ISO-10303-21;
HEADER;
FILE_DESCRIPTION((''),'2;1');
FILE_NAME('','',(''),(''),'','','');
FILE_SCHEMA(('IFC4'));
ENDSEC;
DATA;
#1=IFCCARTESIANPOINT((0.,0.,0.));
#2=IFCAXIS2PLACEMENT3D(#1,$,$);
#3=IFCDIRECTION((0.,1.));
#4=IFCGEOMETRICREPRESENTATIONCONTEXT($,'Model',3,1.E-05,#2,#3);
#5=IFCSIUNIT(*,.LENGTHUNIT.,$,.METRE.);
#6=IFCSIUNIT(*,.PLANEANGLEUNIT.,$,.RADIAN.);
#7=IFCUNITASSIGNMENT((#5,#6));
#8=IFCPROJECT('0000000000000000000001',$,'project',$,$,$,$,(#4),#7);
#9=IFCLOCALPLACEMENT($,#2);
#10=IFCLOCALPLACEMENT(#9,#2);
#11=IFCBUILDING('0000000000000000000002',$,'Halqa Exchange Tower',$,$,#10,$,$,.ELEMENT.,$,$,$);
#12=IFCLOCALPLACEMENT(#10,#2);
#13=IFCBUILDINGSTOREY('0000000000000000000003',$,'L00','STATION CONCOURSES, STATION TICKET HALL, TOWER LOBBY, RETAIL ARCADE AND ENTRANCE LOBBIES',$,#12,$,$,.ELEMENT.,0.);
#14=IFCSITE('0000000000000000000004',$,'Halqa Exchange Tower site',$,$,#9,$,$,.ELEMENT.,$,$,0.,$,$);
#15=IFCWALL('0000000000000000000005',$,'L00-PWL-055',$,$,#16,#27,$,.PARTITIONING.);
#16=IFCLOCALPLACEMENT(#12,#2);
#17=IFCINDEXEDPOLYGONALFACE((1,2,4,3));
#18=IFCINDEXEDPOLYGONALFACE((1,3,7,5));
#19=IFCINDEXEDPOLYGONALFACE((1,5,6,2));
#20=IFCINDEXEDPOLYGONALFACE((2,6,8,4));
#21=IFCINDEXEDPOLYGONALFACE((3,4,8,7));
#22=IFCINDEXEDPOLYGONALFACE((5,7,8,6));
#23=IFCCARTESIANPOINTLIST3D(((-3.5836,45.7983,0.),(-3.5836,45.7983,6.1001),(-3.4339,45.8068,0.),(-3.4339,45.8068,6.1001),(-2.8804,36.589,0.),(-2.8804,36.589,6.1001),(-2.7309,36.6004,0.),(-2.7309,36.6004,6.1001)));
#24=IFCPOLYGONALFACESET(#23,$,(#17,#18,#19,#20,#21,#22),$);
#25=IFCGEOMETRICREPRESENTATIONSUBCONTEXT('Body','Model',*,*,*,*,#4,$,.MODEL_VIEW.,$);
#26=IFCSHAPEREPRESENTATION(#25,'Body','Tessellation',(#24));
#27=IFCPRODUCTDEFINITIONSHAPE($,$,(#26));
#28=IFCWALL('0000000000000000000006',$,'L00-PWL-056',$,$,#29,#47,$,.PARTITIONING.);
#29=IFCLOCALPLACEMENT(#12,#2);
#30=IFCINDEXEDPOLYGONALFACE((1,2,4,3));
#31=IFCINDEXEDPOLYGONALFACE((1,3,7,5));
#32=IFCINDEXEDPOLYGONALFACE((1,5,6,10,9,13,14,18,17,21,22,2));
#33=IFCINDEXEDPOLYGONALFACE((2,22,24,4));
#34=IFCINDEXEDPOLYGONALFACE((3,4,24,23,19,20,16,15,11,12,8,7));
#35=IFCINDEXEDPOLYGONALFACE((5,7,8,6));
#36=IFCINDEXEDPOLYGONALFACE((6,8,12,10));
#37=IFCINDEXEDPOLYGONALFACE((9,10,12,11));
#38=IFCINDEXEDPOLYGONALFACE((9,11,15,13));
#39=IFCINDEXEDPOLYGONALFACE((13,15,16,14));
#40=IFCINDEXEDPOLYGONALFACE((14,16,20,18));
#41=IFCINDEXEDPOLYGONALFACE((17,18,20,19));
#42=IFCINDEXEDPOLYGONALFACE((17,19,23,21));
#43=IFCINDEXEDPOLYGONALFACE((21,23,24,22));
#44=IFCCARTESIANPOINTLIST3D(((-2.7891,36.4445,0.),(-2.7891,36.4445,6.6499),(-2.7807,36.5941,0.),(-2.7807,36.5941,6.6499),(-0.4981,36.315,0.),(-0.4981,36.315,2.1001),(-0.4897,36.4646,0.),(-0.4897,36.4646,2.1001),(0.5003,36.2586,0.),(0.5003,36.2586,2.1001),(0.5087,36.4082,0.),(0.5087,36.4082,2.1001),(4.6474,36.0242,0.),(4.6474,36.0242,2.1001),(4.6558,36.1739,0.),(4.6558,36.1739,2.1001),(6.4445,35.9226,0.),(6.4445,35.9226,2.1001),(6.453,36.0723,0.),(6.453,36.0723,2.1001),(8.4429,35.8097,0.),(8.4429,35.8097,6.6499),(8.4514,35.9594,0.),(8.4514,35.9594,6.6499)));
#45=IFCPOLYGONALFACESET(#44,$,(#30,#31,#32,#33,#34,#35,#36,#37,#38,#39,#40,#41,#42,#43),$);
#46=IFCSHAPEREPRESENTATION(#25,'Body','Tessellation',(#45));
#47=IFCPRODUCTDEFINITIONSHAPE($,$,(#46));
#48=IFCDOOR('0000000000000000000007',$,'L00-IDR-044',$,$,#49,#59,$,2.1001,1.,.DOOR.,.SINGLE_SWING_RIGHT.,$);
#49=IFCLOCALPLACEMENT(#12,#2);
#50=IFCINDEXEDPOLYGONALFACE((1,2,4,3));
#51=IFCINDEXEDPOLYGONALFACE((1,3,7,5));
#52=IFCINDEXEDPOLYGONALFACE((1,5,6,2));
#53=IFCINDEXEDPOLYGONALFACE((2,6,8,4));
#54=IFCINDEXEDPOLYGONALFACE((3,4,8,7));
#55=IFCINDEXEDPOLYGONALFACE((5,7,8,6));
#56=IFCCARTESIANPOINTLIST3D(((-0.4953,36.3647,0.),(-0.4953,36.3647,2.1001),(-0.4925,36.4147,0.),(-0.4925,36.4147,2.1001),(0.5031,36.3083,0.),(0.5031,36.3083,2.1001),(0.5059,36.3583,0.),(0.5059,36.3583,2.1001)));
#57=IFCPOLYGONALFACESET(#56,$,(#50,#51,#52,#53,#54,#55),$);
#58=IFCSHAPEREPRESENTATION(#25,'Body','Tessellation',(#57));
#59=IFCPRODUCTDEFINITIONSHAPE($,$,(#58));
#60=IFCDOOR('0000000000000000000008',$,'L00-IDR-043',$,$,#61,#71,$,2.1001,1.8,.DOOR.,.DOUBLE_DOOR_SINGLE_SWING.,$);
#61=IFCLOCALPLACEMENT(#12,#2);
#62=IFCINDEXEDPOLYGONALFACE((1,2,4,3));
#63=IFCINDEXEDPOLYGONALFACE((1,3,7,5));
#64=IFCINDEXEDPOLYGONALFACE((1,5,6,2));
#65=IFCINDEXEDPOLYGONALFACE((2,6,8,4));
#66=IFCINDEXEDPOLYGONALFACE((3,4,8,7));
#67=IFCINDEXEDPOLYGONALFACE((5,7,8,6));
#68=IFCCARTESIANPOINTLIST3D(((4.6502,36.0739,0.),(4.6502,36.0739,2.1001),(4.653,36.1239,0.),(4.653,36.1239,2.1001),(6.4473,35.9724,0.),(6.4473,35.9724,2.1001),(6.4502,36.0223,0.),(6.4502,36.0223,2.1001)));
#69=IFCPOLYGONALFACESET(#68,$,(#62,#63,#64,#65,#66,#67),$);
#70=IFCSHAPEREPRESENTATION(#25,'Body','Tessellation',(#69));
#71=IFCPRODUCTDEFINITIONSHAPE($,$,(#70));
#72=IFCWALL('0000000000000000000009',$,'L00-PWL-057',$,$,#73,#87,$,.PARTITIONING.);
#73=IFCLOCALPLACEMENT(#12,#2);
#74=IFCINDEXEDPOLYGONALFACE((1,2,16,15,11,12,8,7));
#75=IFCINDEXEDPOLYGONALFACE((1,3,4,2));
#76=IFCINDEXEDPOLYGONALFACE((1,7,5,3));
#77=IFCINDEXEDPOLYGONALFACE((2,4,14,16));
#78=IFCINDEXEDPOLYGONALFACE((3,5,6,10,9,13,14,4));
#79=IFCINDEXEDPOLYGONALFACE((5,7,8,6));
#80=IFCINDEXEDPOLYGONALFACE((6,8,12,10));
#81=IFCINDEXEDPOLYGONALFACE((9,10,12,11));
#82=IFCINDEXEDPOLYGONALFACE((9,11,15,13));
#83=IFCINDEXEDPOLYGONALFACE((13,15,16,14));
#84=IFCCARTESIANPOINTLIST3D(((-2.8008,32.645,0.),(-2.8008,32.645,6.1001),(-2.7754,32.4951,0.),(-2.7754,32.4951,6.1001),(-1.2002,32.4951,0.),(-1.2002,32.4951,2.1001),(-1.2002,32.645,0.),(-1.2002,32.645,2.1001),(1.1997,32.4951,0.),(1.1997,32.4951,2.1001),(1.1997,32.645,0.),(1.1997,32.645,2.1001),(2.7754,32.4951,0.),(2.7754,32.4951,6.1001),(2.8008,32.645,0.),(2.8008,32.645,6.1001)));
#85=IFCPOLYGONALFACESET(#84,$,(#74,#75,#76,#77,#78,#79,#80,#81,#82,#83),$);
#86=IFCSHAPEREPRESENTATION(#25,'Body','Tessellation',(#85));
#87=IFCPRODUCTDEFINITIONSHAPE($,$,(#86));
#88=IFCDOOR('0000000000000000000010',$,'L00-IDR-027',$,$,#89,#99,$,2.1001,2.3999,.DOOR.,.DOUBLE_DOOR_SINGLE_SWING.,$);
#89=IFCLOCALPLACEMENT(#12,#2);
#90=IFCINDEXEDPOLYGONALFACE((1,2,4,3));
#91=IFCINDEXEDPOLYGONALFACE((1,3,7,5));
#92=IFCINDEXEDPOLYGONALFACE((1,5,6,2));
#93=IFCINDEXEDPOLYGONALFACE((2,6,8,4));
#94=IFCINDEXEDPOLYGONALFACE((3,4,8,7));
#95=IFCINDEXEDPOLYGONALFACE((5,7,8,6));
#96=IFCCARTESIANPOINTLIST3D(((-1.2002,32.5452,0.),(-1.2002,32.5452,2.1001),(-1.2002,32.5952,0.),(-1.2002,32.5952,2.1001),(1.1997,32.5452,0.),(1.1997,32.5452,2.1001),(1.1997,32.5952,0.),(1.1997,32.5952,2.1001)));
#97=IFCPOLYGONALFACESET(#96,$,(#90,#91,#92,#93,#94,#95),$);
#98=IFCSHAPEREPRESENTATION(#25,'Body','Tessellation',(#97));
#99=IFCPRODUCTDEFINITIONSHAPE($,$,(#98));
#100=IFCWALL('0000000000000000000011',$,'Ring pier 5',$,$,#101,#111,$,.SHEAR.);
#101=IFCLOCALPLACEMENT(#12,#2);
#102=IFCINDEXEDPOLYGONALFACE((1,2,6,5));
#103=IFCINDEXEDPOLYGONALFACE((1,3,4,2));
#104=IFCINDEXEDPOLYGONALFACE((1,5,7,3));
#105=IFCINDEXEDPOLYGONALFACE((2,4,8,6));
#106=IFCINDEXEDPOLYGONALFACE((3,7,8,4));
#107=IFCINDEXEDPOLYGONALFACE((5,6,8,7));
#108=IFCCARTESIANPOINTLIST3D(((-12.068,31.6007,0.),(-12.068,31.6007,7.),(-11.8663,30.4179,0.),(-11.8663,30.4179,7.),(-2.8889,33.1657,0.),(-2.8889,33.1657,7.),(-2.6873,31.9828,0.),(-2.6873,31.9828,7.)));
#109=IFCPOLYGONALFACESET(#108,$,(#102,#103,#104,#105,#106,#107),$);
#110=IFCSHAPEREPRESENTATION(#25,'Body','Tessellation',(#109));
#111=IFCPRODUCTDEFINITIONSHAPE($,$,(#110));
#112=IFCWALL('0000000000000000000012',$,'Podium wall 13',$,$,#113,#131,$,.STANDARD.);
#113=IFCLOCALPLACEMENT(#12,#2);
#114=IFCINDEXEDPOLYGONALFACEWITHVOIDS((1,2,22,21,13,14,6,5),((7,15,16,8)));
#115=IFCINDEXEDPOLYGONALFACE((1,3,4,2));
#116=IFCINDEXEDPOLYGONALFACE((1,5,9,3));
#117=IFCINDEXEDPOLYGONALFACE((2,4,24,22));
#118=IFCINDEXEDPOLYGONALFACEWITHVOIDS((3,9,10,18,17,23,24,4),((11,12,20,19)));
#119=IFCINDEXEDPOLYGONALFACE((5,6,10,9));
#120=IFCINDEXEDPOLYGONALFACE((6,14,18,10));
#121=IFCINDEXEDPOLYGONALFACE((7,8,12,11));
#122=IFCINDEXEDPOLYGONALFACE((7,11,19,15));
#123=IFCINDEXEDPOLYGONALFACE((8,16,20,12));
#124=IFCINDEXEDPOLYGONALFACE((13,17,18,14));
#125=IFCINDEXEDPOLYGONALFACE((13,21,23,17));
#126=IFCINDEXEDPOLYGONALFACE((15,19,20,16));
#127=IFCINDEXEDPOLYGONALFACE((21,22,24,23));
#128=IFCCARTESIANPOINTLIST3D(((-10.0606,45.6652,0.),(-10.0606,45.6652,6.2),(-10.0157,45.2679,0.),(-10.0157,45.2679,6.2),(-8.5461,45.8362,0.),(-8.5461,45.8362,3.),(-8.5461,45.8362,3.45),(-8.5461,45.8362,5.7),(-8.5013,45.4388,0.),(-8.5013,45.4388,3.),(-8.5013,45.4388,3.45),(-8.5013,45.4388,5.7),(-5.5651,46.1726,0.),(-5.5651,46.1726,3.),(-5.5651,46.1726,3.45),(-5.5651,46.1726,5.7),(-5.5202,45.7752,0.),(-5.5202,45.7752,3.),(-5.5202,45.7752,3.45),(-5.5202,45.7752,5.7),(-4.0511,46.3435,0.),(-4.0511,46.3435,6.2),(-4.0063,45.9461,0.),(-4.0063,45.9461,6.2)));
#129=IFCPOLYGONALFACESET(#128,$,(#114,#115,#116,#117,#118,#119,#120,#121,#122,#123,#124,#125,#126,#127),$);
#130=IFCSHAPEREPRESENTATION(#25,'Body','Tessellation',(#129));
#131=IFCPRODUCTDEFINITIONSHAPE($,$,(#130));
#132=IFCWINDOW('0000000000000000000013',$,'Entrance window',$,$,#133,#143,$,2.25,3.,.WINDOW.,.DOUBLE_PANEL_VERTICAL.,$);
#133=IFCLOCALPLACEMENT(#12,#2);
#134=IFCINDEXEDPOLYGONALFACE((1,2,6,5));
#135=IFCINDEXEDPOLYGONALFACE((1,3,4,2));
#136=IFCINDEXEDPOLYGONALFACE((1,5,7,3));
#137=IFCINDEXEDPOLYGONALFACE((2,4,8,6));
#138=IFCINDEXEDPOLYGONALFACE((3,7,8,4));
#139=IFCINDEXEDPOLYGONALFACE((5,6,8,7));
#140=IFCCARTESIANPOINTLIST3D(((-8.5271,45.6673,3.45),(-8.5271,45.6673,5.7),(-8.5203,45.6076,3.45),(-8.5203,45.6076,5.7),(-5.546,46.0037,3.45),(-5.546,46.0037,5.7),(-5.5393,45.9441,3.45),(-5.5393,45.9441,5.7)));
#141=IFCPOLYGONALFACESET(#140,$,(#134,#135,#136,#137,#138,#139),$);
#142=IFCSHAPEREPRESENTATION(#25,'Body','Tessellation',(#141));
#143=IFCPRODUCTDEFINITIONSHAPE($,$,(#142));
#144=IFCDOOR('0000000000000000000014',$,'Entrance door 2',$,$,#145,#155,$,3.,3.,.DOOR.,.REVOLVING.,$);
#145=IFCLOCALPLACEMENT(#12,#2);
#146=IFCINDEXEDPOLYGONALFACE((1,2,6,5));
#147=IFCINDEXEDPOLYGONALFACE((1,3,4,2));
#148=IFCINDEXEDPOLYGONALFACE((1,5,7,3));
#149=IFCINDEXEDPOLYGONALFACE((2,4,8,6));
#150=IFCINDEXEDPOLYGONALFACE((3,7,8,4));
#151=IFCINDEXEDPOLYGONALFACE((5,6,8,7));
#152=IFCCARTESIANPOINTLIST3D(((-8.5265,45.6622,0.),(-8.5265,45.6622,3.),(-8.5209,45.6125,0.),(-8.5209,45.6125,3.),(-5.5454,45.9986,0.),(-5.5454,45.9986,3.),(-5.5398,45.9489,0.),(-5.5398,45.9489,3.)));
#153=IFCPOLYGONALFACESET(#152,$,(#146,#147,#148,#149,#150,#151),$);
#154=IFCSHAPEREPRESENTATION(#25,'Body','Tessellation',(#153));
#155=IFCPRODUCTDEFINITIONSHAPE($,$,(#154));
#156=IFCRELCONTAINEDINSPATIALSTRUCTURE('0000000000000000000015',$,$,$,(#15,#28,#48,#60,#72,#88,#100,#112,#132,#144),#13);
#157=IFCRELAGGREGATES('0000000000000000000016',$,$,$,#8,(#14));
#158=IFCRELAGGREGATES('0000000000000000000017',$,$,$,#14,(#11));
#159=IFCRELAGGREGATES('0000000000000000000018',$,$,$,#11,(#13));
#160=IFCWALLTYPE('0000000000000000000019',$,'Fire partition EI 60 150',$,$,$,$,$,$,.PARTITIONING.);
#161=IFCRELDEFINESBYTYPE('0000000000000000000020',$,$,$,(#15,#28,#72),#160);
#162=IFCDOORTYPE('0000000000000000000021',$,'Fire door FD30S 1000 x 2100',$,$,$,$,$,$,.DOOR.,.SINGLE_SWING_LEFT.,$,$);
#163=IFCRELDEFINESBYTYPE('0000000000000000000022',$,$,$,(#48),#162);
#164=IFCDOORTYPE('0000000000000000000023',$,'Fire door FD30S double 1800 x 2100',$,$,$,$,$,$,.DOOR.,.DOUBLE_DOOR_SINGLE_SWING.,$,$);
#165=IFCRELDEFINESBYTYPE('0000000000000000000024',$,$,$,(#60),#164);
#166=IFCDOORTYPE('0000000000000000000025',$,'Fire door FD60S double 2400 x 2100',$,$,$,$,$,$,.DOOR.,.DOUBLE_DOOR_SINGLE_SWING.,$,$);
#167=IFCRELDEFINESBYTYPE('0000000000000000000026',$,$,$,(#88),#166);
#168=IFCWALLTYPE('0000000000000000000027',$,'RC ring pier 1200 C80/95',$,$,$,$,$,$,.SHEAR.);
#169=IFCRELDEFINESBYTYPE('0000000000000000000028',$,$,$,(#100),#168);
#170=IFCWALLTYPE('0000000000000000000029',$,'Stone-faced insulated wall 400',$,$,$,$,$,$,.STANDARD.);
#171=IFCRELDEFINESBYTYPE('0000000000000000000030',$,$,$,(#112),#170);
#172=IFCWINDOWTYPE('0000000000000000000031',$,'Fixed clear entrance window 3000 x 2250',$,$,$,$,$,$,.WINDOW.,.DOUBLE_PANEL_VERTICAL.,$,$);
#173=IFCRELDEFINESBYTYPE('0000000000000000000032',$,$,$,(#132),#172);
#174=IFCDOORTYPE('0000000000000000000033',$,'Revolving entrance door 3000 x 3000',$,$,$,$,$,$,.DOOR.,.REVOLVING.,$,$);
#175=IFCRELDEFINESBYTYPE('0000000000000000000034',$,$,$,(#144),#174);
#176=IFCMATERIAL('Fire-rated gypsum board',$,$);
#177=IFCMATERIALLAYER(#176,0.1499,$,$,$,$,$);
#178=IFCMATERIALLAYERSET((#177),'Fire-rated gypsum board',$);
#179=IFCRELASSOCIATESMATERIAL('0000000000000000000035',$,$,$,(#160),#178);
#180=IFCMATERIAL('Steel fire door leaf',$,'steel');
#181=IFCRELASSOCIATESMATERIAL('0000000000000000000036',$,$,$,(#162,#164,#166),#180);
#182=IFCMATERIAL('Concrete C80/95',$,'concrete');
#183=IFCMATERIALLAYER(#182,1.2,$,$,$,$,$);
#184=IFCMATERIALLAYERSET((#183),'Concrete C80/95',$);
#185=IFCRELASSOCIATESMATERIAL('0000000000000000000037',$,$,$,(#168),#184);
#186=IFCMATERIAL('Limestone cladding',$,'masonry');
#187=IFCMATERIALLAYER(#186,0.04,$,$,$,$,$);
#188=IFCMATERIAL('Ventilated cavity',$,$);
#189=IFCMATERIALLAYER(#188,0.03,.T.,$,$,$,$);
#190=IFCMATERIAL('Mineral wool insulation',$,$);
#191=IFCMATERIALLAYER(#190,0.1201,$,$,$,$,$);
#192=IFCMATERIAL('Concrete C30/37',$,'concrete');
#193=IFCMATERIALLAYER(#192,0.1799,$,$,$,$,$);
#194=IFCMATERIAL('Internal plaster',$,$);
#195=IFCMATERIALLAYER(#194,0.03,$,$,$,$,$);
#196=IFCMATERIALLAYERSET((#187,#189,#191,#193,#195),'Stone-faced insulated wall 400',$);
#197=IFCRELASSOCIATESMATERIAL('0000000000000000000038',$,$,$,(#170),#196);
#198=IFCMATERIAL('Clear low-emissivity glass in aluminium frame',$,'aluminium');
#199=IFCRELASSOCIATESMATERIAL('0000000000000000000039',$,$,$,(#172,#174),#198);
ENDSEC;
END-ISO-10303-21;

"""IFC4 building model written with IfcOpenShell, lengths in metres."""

from ifc_helpers import new_model, si_unit, direction, frame, frame_2d, origin, place, context, subcontext, project, spatial, polyline, rectangle, outline, extrude, material, layer, layer_set, type_object, element, fill, save


model = new_model("IFC4")

# Units and contexts
model_context = context("Model", 3, precision=1e-05, world=origin(), true_north=direction((0.0, 1.0)))
body_context = subcontext(model_context, "Body", "Model", "MODEL_VIEW")
ifc_project = project(units=[si_unit("LENGTHUNIT", "METRE"), si_unit("PLANEANGLEUNIT", "RADIAN")], contexts=[model_context])

# Site, building, storey
site_placement = place(None, origin())
site = spatial("IfcSite", under=ifc_project, at=site_placement, Name="Halqa Exchange Tower site", CompositionType="ELEMENT", RefElevation=0.0)
building_placement = place(site_placement, origin())
building = spatial("IfcBuilding", under=site, at=building_placement, Name="Halqa Exchange Tower", CompositionType="ELEMENT")
storey_placement = place(building_placement, origin())
storey = spatial("IfcBuildingStorey", under=building, at=storey_placement, Name="L00", Description="STATION CONCOURSES, STATION TICKET HALL, TOWER LOBBY, RETAIL ARCADE AND ENTRANCE LOBBIES", CompositionType="ELEMENT", Elevation=0.0)

# Wall
ifc_material_1 = material(Name="Fire-rated gypsum board")
ifc_layer_1 = layer(ifc_material_1, 0.1499)
ifc_layer_set_1 = layer_set([ifc_layer_1], Name="Fire-rated gypsum board")
wall_type_1 = type_object("IfcWallType", Name="Fire partition EI 60 150", PredefinedType="PARTITIONING", material=ifc_layer_set_1)
wall_1_placement = place(storey_placement, frame((-2.8057, 36.5947, 0.0), z_axis=(0.0, 0.0, 1.0), x_axis=(-0.076141, 0.997097, 0.0)))
element("IfcWall", 1, at=wall_1_placement, inside=storey, type_object=wall_type_1, Name="L00-PWL-055", PredefinedType="PARTITIONING", context=body_context, shape_type="SweptSolid", body=[
    extrude(outline(polyline([(0.0, -0.075), (9.2332, -0.075), (9.2361, 0.075), (0.0, 0.075), (0.0, -0.075)])), origin(), (0.0, 0.0, 1.0), 6.1001),
])

# Wall, openings, doors
wall_2_placement = place(storey_placement, frame((-2.7849, 36.5193, 0.0), z_axis=(0.0, 0.0, 1.0), x_axis=(0.998407, -0.056423, 0.0)))
wall_2 = element("IfcWall", 2, at=wall_2_placement, inside=storey, type_object=wall_type_1, Name="L00-PWL-056", PredefinedType="PARTITIONING", context=body_context, shape_type="SweptSolid", body=[
    extrude(rectangle(XDim=11.25, YDim=0.1499, at=frame_2d((5.625, 0.0))), origin(), (0.0, 0.0, 1.0), 6.6499),
])
opening_1_placement = place(wall_2_placement, frame((7.4485, 0.0, 0.0)))
opening_1 = element("IfcOpeningElement", 3, at=opening_1_placement, cuts=wall_2, PredefinedType="OPENING", context=body_context, shape_type="SweptSolid", body=[
    extrude(rectangle(XDim=1.8, YDim=2.1001, at=frame_2d((0.8999, 1.05))), frame((0.0, 0.0869, 0.0), z_axis=(0.0, -1.0, 0.0), x_axis=(1.0, 0.0, 0.0)), (0.0, 0.0, 1.0), 0.1738),
])
opening_2_placement = place(wall_2_placement, frame((2.2947, 0.0, 0.0)))
opening_2 = element("IfcOpeningElement", 4, at=opening_2_placement, cuts=wall_2, PredefinedType="OPENING", context=body_context, shape_type="SweptSolid", body=[
    extrude(rectangle(XDim=1.0, YDim=2.1001, at=frame_2d((0.5, 1.05))), frame((0.0, 0.0869, 0.0), z_axis=(0.0, -1.0, 0.0), x_axis=(1.0, 0.0, 0.0)), (0.0, 0.0, 1.0), 0.1738),
])
ifc_material_2 = material(Name="Steel fire door leaf", Category="steel")
door_type_1 = type_object("IfcDoorType", Name="Fire door FD30S 1000 x 2100", OperationType="SINGLE_SWING_LEFT", PredefinedType="DOOR", material=ifc_material_2)
door_1_placement = place(opening_2_placement, origin())
door_1 = element("IfcDoor", 5, at=door_1_placement, inside=storey, type_object=door_type_1, Name="L00-IDR-044", OperationType="SINGLE_SWING_RIGHT", OverallHeight=2.1001, OverallWidth=1.0, PredefinedType="DOOR", context=body_context, shape_type="SweptSolid", body=[
    extrude(rectangle(XDim=1.0, YDim=2.1001, at=frame_2d((0.5, 1.05))), frame((0.0, 0.0249, 0.0), z_axis=(0.0, -1.0, 0.0), x_axis=(1.0, 0.0, 0.0)), (0.0, 0.0, 1.0), 0.05),
])
fill(opening_2, door_1)
door_type_2 = type_object("IfcDoorType", Name="Fire door FD30S double 1800 x 2100", OperationType="DOUBLE_DOOR_SINGLE_SWING", PredefinedType="DOOR", material=ifc_material_2)
door_2_placement = place(opening_1_placement, origin())
door_2 = element("IfcDoor", 6, at=door_2_placement, inside=storey, type_object=door_type_2, Name="L00-IDR-043", OperationType="DOUBLE_DOOR_SINGLE_SWING", OverallHeight=2.1001, OverallWidth=1.8, PredefinedType="DOOR", context=body_context, shape_type="SweptSolid", body=[
    extrude(rectangle(XDim=1.8, YDim=2.1001, at=frame_2d((0.8999, 1.05))), frame((0.0, 0.0249, 0.0), z_axis=(0.0, -1.0, 0.0), x_axis=(1.0, 0.0, 0.0)), (0.0, 0.0, 1.0), 0.05),
])
fill(opening_1, door_2)

# Wall, opening, door
wall_3_placement = place(storey_placement, frame((-2.7881, 32.5701, 0.0), z_axis=(0.0, 0.0, 1.0), x_axis=(1.0, 0.0, 0.0)))
wall_3 = element("IfcWall", 7, at=wall_3_placement, inside=storey, type_object=wall_type_1, Name="L00-PWL-057", PredefinedType="PARTITIONING", context=body_context, shape_type="SweptSolid", body=[
    extrude(outline(polyline([(0.0127, -0.075), (5.5635, -0.075), (5.5889, 0.075), (-0.0127, 0.075), (0.0127, -0.075)])), origin(), (0.0, 0.0, 1.0), 6.1001),
])
opening_3_placement = place(wall_3_placement, frame((1.5879, 0.0, 0.0)))
opening_3 = element("IfcOpeningElement", 8, at=opening_3_placement, cuts=wall_3, PredefinedType="OPENING", context=body_context, shape_type="SweptSolid", body=[
    extrude(rectangle(XDim=2.3999, YDim=2.1001, at=frame_2d((1.2, 1.05))), frame((0.0, 0.0869, 0.0), z_axis=(0.0, -1.0, 0.0), x_axis=(1.0, 0.0, 0.0)), (0.0, 0.0, 1.0), 0.1738),
])
door_type_3 = type_object("IfcDoorType", Name="Fire door FD60S double 2400 x 2100", OperationType="DOUBLE_DOOR_SINGLE_SWING", PredefinedType="DOOR", material=ifc_material_2)
door_3_placement = place(opening_3_placement, frame((2.3999, 0.0, 0.0), z_axis=(0.0, 0.0, 1.0), x_axis=(-1.0, 0.0, 0.0)))
door_3 = element("IfcDoor", 9, at=door_3_placement, inside=storey, type_object=door_type_3, Name="L00-IDR-027", OperationType="DOUBLE_DOOR_SINGLE_SWING", OverallHeight=2.1001, OverallWidth=2.3999, PredefinedType="DOOR", context=body_context, shape_type="SweptSolid", body=[
    extrude(rectangle(XDim=2.3999, YDim=2.1001, at=frame_2d((1.2, 1.05))), frame((0.0, 0.0249, 0.0), z_axis=(0.0, -1.0, 0.0), x_axis=(1.0, 0.0, 0.0)), (0.0, 0.0, 1.0), 0.05),
])
fill(opening_3, door_3)

# Wall
ifc_material_3 = material(Name="Concrete C80/95", Category="concrete")
ifc_layer_2 = layer(ifc_material_3, 1.2)
ifc_layer_set_2 = layer_set([ifc_layer_2], Name="Concrete C80/95")
wall_type_2 = type_object("IfcWallType", Name="RC ring pier 1200 C80/95", PredefinedType="SHEAR", material=ifc_layer_set_2)
wall_4_placement = place(storey_placement, frame((-2.7881, 32.5742, 0.0), z_axis=(0.0, 0.0, 1.0), x_axis=(-0.985776, -0.168063, 0.0)))
element("IfcWall", 10, at=wall_4_placement, inside=storey, type_object=wall_type_2, Name="Ring pier 5", PredefinedType="SHEAR", context=body_context, shape_type="SweptSolid", body=[
    extrude(rectangle(XDim=9.3115, YDim=1.2, at=frame_2d((4.6558, 0.0))), origin(), (0.0, 0.0, 1.0), 7.0),
])

# Wall, openings, window, door
ifc_material_4 = material(Name="Limestone cladding", Category="masonry")
ifc_layer_3 = layer(ifc_material_4, 0.04)
ifc_material_5 = material(Name="Ventilated cavity")
ifc_layer_4 = layer(ifc_material_5, 0.03, ventilated=True)
ifc_material_6 = material(Name="Mineral wool insulation")
ifc_layer_5 = layer(ifc_material_6, 0.1201)
ifc_material_7 = material(Name="Concrete C30/37", Category="concrete")
ifc_layer_6 = layer(ifc_material_7, 0.1799)
ifc_material_8 = material(Name="Internal plaster")
ifc_layer_7 = layer(ifc_material_8, 0.03)
ifc_layer_set_3 = layer_set([ifc_layer_3, ifc_layer_4, ifc_layer_5, ifc_layer_6, ifc_layer_7], Name="Stone-faced insulated wall 400")
wall_type_3 = type_object("IfcWallType", Name="Stone-faced insulated wall 400", PredefinedType="STANDARD", material=ifc_layer_set_3)
wall_5_placement = place(storey_placement, frame((-4.0286, 46.1448, 0.0), z_axis=(0.0, 0.0, 1.0), x_axis=(-0.993692, -0.112146, 0.0)))
wall_5 = element("IfcWall", 11, at=wall_5_placement, inside=storey, type_object=wall_type_3, Name="Podium wall 13", PredefinedType="STANDARD", context=body_context, shape_type="SweptSolid", body=[
    extrude(rectangle(XDim=6.0476, YDim=0.3999, at=frame_2d((3.0239, 0.0))), origin(), (0.0, 0.0, 1.0), 6.2),
])
opening_4_placement = place(wall_5_placement, frame((1.5237, 0.0, 0.0)))
opening_4 = element("IfcOpeningElement", 12, at=opening_4_placement, cuts=wall_5, PredefinedType="OPENING", context=body_context, shape_type="SweptSolid", body=[
    extrude(rectangle(XDim=3.0, YDim=3.0, at=frame_2d((1.5, 1.5))), frame((0.0, 0.2119, 0.0), z_axis=(0.0, -1.0, 0.0), x_axis=(1.0, 0.0, 0.0)), (0.0, 0.0, 1.0), 0.4238),
])
opening_5_placement = place(wall_5_placement, frame((1.5237, 0.0, 3.45)))
opening_5 = element("IfcOpeningElement", 13, at=opening_5_placement, cuts=wall_5, PredefinedType="OPENING", context=body_context, shape_type="SweptSolid", body=[
    extrude(rectangle(XDim=3.0, YDim=2.25, at=frame_2d((1.5, 1.125))), frame((0.0, 0.2119, 0.0), z_axis=(0.0, -1.0, 0.0), x_axis=(1.0, 0.0, 0.0)), (0.0, 0.0, 1.0), 0.4238),
])
ifc_material_9 = material(Name="Clear low-emissivity glass in aluminium frame", Category="aluminium")
window_type = type_object("IfcWindowType", Name="Fixed clear entrance window 3000 x 2250", PartitioningType="DOUBLE_PANEL_VERTICAL", PredefinedType="WINDOW", material=ifc_material_9)
window_placement = place(opening_5_placement, origin())
window = element("IfcWindow", 14, at=window_placement, inside=storey, type_object=window_type, Name="Entrance window", OverallHeight=2.25, OverallWidth=3.0, PartitioningType="DOUBLE_PANEL_VERTICAL", PredefinedType="WINDOW", context=body_context, shape_type="SweptSolid", body=[
    extrude(rectangle(XDim=3.0, YDim=2.25, at=frame_2d((1.5, 1.125))), frame((0.0, 0.03, 0.0), z_axis=(0.0, -1.0, 0.0), x_axis=(1.0, 0.0, 0.0)), (0.0, 0.0, 1.0), 0.0601),
])
fill(opening_5, window)
door_type_4 = type_object("IfcDoorType", Name="Revolving entrance door 3000 x 3000", OperationType="REVOLVING", PredefinedType="DOOR", material=ifc_material_9)
door_4_placement = place(opening_4_placement, frame((3.0, 0.0, 0.0), z_axis=(0.0, 0.0, 1.0), x_axis=(-1.0, 0.0, 0.0)))
door_4 = element("IfcDoor", 15, at=door_4_placement, inside=storey, type_object=door_type_4, Name="Entrance door 2", OperationType="REVOLVING", OverallHeight=3.0, OverallWidth=3.0, PredefinedType="DOOR", context=body_context, shape_type="SweptSolid", body=[
    extrude(rectangle(XDim=3.0, YDim=3.0, at=frame_2d((1.5, 1.5))), frame((0.0, 0.0249, 0.0), z_axis=(0.0, -1.0, 0.0), x_axis=(1.0, 0.0, 0.0)), (0.0, 0.0, 1.0), 0.05),
])
fill(opening_4, door_4)

save(model, "model.ifc")
